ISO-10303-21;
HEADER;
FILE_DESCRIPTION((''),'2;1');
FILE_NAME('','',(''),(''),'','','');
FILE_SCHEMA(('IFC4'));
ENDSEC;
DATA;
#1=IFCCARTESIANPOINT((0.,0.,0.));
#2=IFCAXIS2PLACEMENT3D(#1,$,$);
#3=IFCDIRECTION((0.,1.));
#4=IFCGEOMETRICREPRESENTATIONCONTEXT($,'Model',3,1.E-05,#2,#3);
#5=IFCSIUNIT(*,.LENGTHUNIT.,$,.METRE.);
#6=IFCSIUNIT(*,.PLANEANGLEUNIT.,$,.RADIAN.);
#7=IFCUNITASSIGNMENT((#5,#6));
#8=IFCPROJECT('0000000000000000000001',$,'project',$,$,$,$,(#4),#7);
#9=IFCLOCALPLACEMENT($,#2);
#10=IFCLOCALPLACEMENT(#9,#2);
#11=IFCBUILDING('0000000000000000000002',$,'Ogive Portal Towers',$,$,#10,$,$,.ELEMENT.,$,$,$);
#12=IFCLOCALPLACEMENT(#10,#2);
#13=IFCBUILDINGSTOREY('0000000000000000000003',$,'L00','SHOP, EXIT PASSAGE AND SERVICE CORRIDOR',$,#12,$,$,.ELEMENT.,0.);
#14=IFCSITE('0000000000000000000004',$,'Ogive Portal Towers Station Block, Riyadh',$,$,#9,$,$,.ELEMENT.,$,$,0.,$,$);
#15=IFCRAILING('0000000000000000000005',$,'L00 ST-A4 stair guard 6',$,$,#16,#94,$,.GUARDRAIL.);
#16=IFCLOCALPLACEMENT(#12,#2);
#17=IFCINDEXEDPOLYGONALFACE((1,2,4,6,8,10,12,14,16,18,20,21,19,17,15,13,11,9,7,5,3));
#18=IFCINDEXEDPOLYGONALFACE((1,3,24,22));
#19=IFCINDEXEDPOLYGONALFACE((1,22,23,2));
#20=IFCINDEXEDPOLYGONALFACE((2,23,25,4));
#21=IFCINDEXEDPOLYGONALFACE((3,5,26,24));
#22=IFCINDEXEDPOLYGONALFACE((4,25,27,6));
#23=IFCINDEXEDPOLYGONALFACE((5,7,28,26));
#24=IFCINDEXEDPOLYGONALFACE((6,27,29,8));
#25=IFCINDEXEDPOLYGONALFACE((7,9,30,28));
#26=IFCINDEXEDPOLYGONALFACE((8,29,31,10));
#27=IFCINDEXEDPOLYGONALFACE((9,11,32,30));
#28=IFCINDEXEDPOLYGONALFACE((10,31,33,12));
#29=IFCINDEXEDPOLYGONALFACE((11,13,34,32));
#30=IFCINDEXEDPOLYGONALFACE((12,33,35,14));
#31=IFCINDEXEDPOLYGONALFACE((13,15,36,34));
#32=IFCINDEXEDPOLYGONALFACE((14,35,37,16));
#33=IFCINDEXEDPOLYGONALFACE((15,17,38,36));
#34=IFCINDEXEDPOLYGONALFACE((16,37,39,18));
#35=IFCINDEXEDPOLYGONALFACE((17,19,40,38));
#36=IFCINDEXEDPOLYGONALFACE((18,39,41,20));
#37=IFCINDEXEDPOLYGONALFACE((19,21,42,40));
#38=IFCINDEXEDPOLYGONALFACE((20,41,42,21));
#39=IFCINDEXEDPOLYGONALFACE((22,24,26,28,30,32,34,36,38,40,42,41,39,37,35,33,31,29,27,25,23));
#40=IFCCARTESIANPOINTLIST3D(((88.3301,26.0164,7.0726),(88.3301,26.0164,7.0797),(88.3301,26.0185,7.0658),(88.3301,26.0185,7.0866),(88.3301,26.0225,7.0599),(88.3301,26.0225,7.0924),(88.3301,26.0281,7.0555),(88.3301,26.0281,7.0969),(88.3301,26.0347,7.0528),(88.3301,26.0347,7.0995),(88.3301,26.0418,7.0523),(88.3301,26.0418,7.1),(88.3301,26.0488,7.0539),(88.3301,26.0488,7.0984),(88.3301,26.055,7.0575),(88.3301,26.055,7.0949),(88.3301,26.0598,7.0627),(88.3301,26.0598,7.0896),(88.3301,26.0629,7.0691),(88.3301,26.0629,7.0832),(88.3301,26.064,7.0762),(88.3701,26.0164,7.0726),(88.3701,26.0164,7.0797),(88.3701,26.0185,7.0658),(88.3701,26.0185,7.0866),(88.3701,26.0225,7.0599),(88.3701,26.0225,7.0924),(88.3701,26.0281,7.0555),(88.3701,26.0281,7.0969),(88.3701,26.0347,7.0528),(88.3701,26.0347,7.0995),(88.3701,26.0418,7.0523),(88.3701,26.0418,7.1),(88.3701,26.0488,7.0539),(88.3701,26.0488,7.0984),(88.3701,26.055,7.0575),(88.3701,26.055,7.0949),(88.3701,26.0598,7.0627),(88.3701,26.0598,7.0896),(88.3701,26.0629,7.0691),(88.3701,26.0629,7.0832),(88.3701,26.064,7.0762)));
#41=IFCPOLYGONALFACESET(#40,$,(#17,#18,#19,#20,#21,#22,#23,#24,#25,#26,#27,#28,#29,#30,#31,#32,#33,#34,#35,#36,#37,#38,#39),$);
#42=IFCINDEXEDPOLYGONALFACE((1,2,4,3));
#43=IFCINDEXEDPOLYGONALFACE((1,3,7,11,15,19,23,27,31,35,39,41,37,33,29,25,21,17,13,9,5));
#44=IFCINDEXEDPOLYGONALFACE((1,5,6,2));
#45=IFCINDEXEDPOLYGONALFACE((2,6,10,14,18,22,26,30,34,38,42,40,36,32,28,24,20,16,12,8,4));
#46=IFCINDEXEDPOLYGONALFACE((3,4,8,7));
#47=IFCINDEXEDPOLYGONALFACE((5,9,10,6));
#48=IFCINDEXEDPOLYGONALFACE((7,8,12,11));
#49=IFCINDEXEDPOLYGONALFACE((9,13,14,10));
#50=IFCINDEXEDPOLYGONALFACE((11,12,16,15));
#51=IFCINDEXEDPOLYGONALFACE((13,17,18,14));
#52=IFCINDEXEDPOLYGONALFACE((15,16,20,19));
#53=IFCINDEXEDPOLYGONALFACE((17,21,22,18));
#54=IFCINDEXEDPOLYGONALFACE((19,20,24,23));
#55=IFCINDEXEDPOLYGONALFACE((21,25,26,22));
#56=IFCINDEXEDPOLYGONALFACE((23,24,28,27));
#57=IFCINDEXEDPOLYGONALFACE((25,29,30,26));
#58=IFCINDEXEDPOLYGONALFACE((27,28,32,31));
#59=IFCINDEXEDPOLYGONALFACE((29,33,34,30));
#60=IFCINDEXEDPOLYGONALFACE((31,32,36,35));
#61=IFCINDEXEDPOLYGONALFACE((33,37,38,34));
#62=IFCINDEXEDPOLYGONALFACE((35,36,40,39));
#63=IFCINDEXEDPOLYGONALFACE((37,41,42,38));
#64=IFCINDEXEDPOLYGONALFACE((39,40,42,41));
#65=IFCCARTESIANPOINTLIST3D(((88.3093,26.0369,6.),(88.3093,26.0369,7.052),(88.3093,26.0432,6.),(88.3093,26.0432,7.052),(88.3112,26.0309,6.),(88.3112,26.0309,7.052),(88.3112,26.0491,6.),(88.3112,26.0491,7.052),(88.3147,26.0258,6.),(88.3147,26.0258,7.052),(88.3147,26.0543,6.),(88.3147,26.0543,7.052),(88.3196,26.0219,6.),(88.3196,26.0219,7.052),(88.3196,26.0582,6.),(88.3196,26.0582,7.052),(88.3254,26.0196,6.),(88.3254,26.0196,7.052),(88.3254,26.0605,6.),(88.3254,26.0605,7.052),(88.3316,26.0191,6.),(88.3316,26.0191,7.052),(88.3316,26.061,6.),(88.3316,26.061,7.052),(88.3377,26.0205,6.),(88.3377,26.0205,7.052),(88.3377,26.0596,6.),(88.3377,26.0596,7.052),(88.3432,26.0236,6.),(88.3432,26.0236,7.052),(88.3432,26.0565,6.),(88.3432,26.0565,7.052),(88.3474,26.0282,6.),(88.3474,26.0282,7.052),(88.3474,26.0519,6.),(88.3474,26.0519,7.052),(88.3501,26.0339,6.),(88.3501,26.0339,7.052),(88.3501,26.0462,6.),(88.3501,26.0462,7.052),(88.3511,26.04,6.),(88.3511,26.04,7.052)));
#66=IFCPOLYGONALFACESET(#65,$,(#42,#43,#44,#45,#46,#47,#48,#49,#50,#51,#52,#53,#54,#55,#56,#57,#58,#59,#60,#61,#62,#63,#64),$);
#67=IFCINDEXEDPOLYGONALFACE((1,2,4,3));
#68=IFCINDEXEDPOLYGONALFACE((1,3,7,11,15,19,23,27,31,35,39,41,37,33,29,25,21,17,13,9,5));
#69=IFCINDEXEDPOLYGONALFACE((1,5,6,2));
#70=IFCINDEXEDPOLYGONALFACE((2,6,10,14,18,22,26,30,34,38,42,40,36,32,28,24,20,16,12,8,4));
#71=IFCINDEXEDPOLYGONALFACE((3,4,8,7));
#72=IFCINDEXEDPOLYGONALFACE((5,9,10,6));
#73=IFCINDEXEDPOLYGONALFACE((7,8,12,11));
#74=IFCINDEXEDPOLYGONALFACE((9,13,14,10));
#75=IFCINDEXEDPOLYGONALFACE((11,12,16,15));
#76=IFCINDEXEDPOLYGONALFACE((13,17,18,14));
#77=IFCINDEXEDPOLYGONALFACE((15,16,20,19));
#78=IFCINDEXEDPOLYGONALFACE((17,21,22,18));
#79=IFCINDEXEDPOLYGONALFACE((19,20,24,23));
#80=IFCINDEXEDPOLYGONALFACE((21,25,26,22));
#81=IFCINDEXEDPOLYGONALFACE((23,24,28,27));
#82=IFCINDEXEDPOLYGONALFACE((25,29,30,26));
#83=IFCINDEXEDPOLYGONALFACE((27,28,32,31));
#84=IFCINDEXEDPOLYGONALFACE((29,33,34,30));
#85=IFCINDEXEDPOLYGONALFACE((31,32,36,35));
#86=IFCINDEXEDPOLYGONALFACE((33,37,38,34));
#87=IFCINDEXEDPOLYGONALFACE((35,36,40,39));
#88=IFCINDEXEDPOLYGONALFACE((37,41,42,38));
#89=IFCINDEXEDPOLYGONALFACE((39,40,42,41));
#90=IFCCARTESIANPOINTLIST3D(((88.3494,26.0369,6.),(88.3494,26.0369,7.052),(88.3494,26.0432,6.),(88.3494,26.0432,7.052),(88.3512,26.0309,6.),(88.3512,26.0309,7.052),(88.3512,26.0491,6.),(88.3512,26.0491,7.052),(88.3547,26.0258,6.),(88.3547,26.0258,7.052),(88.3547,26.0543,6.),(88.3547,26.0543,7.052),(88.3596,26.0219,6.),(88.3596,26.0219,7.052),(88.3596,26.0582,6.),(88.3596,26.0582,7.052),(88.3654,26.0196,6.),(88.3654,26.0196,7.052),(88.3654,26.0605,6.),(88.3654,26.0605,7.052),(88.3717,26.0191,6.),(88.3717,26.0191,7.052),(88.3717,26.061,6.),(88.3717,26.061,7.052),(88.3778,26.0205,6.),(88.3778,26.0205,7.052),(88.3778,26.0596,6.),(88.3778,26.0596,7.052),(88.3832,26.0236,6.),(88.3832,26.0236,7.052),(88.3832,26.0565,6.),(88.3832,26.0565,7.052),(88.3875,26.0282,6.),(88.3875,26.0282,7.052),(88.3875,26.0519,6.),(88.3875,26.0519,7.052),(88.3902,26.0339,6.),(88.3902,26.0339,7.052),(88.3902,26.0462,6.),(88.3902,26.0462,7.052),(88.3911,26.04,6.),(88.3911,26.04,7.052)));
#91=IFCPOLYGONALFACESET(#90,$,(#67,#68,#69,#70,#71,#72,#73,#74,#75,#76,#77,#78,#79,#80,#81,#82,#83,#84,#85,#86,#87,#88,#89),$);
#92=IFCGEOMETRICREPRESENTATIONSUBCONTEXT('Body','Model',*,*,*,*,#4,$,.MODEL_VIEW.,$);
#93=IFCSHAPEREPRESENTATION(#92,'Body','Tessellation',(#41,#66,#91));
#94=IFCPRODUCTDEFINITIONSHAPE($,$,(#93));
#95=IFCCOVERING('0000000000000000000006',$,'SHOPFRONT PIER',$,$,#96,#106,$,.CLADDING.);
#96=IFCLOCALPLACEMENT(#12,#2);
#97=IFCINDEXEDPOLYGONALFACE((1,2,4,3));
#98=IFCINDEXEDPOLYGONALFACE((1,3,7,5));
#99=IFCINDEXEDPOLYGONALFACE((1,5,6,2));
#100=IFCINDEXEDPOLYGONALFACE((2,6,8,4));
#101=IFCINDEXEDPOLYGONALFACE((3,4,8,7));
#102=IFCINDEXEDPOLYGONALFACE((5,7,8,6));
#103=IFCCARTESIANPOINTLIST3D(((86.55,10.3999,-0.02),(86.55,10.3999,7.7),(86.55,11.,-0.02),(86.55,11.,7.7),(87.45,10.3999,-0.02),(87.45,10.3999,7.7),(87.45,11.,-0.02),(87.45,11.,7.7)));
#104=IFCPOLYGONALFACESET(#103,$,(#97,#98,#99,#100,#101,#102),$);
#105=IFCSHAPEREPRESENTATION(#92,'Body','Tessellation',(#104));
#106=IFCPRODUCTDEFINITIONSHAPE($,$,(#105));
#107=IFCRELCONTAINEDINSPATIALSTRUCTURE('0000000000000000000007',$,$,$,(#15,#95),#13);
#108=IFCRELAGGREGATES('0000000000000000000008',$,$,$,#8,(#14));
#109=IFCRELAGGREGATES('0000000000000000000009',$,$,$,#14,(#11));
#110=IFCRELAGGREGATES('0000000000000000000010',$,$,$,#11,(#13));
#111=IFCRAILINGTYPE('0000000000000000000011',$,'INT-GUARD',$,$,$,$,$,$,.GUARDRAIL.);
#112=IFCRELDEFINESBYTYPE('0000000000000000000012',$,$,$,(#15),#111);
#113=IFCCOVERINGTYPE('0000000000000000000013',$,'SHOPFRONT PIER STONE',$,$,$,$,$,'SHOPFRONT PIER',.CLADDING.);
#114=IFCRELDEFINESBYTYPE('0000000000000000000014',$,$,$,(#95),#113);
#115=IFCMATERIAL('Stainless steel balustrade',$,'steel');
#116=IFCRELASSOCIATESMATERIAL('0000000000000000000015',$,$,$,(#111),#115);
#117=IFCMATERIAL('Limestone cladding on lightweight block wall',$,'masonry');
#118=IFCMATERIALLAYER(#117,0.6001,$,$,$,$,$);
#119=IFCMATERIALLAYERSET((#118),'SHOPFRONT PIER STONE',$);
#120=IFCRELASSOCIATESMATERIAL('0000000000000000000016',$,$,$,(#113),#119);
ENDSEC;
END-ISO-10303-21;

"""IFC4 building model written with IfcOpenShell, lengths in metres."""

from ifc_helpers import new_model, si_unit, direction, frame, origin, origin_2d, place, context, subcontext, project, spatial, rectangle, circle, extrude, material, layer, layer_set, type_object, element, save


model = new_model("IFC4")

# Units and contexts
model_context = context("Model", 3, precision=1e-05, world=origin(), true_north=direction((0.0, 1.0)))
body_context = subcontext(model_context, "Body", "Model", "MODEL_VIEW")
ifc_project = project(units=[si_unit("LENGTHUNIT", "METRE"), si_unit("PLANEANGLEUNIT", "RADIAN")], contexts=[model_context])

# Site, building, storey
site_placement = place(None, origin())
site = spatial("IfcSite", under=ifc_project, at=site_placement, Name="Ogive Portal Towers Station Block, Riyadh", CompositionType="ELEMENT", RefElevation=0.0)
building_placement = place(site_placement, origin())
building = spatial("IfcBuilding", under=site, at=building_placement, Name="Ogive Portal Towers", CompositionType="ELEMENT")
storey_placement = place(building_placement, origin())
storey = spatial("IfcBuildingStorey", under=building, at=storey_placement, Name="L00", Description="SHOP, EXIT PASSAGE AND SERVICE CORRIDOR", CompositionType="ELEMENT", Elevation=0.0)

# Shared definitions
ifc_material_1 = material(Name="Limestone cladding on lightweight block wall", Category="masonry")

# Railing
ifc_material_2 = material(Name="Stainless steel balustrade", Category="steel")
railing_type = type_object("IfcRailingType", Name="INT-GUARD", PredefinedType="GUARDRAIL", material=ifc_material_2)
railing_1_placement = place(storey_placement, frame((88.3301, 26.04, 6.0)))
element("IfcRailing", 1, at=railing_1_placement, inside=storey, type_object=railing_type, Name="L00 ST-A4 stair guard 6", PredefinedType="GUARDRAIL", context=body_context, shape_type="SweptSolid", body=[
    extrude(circle(Radius=0.0239, at=origin_2d()), frame((0.0, 0.0, 1.0762), z_axis=(1.0, 0.0, 0.0), x_axis=(0.0, 1.0, 0.0)), (0.0, 0.0, 1.0), 0.04),
    extrude(circle(Radius=0.021, at=origin_2d()), origin(), (0.0, 0.0, 1.0), 1.052),
    extrude(circle(Radius=0.021, at=origin_2d()), frame((0.04, 0.0, 0.0)), (0.0, 0.0, 1.0), 1.052),
])

# Covering
ifc_layer_1 = layer(ifc_material_1, 0.6001)
ifc_layer_set_1 = layer_set([ifc_layer_1], Name="SHOPFRONT PIER STONE")
covering_type_1 = type_object("IfcCoveringType", Name="SHOPFRONT PIER STONE", ElementType="SHOPFRONT PIER", PredefinedType="CLADDING", material=ifc_layer_set_1)
covering_1_placement = place(storey_placement, frame((87.0, 10.7, -0.02), z_axis=(0.0, 0.0, 1.0), x_axis=(1.0, 0.0, 0.0)))
element("IfcCovering", 2, at=covering_1_placement, inside=storey, type_object=covering_type_1, Name="SHOPFRONT PIER", PredefinedType="CLADDING", context=body_context, shape_type="SweptSolid", body=[
    extrude(rectangle(XDim=0.8999, YDim=0.6001, at=origin_2d()), origin(), (0.0, 0.0, 1.0), 7.72),
])

save(model, "model.ifc")
